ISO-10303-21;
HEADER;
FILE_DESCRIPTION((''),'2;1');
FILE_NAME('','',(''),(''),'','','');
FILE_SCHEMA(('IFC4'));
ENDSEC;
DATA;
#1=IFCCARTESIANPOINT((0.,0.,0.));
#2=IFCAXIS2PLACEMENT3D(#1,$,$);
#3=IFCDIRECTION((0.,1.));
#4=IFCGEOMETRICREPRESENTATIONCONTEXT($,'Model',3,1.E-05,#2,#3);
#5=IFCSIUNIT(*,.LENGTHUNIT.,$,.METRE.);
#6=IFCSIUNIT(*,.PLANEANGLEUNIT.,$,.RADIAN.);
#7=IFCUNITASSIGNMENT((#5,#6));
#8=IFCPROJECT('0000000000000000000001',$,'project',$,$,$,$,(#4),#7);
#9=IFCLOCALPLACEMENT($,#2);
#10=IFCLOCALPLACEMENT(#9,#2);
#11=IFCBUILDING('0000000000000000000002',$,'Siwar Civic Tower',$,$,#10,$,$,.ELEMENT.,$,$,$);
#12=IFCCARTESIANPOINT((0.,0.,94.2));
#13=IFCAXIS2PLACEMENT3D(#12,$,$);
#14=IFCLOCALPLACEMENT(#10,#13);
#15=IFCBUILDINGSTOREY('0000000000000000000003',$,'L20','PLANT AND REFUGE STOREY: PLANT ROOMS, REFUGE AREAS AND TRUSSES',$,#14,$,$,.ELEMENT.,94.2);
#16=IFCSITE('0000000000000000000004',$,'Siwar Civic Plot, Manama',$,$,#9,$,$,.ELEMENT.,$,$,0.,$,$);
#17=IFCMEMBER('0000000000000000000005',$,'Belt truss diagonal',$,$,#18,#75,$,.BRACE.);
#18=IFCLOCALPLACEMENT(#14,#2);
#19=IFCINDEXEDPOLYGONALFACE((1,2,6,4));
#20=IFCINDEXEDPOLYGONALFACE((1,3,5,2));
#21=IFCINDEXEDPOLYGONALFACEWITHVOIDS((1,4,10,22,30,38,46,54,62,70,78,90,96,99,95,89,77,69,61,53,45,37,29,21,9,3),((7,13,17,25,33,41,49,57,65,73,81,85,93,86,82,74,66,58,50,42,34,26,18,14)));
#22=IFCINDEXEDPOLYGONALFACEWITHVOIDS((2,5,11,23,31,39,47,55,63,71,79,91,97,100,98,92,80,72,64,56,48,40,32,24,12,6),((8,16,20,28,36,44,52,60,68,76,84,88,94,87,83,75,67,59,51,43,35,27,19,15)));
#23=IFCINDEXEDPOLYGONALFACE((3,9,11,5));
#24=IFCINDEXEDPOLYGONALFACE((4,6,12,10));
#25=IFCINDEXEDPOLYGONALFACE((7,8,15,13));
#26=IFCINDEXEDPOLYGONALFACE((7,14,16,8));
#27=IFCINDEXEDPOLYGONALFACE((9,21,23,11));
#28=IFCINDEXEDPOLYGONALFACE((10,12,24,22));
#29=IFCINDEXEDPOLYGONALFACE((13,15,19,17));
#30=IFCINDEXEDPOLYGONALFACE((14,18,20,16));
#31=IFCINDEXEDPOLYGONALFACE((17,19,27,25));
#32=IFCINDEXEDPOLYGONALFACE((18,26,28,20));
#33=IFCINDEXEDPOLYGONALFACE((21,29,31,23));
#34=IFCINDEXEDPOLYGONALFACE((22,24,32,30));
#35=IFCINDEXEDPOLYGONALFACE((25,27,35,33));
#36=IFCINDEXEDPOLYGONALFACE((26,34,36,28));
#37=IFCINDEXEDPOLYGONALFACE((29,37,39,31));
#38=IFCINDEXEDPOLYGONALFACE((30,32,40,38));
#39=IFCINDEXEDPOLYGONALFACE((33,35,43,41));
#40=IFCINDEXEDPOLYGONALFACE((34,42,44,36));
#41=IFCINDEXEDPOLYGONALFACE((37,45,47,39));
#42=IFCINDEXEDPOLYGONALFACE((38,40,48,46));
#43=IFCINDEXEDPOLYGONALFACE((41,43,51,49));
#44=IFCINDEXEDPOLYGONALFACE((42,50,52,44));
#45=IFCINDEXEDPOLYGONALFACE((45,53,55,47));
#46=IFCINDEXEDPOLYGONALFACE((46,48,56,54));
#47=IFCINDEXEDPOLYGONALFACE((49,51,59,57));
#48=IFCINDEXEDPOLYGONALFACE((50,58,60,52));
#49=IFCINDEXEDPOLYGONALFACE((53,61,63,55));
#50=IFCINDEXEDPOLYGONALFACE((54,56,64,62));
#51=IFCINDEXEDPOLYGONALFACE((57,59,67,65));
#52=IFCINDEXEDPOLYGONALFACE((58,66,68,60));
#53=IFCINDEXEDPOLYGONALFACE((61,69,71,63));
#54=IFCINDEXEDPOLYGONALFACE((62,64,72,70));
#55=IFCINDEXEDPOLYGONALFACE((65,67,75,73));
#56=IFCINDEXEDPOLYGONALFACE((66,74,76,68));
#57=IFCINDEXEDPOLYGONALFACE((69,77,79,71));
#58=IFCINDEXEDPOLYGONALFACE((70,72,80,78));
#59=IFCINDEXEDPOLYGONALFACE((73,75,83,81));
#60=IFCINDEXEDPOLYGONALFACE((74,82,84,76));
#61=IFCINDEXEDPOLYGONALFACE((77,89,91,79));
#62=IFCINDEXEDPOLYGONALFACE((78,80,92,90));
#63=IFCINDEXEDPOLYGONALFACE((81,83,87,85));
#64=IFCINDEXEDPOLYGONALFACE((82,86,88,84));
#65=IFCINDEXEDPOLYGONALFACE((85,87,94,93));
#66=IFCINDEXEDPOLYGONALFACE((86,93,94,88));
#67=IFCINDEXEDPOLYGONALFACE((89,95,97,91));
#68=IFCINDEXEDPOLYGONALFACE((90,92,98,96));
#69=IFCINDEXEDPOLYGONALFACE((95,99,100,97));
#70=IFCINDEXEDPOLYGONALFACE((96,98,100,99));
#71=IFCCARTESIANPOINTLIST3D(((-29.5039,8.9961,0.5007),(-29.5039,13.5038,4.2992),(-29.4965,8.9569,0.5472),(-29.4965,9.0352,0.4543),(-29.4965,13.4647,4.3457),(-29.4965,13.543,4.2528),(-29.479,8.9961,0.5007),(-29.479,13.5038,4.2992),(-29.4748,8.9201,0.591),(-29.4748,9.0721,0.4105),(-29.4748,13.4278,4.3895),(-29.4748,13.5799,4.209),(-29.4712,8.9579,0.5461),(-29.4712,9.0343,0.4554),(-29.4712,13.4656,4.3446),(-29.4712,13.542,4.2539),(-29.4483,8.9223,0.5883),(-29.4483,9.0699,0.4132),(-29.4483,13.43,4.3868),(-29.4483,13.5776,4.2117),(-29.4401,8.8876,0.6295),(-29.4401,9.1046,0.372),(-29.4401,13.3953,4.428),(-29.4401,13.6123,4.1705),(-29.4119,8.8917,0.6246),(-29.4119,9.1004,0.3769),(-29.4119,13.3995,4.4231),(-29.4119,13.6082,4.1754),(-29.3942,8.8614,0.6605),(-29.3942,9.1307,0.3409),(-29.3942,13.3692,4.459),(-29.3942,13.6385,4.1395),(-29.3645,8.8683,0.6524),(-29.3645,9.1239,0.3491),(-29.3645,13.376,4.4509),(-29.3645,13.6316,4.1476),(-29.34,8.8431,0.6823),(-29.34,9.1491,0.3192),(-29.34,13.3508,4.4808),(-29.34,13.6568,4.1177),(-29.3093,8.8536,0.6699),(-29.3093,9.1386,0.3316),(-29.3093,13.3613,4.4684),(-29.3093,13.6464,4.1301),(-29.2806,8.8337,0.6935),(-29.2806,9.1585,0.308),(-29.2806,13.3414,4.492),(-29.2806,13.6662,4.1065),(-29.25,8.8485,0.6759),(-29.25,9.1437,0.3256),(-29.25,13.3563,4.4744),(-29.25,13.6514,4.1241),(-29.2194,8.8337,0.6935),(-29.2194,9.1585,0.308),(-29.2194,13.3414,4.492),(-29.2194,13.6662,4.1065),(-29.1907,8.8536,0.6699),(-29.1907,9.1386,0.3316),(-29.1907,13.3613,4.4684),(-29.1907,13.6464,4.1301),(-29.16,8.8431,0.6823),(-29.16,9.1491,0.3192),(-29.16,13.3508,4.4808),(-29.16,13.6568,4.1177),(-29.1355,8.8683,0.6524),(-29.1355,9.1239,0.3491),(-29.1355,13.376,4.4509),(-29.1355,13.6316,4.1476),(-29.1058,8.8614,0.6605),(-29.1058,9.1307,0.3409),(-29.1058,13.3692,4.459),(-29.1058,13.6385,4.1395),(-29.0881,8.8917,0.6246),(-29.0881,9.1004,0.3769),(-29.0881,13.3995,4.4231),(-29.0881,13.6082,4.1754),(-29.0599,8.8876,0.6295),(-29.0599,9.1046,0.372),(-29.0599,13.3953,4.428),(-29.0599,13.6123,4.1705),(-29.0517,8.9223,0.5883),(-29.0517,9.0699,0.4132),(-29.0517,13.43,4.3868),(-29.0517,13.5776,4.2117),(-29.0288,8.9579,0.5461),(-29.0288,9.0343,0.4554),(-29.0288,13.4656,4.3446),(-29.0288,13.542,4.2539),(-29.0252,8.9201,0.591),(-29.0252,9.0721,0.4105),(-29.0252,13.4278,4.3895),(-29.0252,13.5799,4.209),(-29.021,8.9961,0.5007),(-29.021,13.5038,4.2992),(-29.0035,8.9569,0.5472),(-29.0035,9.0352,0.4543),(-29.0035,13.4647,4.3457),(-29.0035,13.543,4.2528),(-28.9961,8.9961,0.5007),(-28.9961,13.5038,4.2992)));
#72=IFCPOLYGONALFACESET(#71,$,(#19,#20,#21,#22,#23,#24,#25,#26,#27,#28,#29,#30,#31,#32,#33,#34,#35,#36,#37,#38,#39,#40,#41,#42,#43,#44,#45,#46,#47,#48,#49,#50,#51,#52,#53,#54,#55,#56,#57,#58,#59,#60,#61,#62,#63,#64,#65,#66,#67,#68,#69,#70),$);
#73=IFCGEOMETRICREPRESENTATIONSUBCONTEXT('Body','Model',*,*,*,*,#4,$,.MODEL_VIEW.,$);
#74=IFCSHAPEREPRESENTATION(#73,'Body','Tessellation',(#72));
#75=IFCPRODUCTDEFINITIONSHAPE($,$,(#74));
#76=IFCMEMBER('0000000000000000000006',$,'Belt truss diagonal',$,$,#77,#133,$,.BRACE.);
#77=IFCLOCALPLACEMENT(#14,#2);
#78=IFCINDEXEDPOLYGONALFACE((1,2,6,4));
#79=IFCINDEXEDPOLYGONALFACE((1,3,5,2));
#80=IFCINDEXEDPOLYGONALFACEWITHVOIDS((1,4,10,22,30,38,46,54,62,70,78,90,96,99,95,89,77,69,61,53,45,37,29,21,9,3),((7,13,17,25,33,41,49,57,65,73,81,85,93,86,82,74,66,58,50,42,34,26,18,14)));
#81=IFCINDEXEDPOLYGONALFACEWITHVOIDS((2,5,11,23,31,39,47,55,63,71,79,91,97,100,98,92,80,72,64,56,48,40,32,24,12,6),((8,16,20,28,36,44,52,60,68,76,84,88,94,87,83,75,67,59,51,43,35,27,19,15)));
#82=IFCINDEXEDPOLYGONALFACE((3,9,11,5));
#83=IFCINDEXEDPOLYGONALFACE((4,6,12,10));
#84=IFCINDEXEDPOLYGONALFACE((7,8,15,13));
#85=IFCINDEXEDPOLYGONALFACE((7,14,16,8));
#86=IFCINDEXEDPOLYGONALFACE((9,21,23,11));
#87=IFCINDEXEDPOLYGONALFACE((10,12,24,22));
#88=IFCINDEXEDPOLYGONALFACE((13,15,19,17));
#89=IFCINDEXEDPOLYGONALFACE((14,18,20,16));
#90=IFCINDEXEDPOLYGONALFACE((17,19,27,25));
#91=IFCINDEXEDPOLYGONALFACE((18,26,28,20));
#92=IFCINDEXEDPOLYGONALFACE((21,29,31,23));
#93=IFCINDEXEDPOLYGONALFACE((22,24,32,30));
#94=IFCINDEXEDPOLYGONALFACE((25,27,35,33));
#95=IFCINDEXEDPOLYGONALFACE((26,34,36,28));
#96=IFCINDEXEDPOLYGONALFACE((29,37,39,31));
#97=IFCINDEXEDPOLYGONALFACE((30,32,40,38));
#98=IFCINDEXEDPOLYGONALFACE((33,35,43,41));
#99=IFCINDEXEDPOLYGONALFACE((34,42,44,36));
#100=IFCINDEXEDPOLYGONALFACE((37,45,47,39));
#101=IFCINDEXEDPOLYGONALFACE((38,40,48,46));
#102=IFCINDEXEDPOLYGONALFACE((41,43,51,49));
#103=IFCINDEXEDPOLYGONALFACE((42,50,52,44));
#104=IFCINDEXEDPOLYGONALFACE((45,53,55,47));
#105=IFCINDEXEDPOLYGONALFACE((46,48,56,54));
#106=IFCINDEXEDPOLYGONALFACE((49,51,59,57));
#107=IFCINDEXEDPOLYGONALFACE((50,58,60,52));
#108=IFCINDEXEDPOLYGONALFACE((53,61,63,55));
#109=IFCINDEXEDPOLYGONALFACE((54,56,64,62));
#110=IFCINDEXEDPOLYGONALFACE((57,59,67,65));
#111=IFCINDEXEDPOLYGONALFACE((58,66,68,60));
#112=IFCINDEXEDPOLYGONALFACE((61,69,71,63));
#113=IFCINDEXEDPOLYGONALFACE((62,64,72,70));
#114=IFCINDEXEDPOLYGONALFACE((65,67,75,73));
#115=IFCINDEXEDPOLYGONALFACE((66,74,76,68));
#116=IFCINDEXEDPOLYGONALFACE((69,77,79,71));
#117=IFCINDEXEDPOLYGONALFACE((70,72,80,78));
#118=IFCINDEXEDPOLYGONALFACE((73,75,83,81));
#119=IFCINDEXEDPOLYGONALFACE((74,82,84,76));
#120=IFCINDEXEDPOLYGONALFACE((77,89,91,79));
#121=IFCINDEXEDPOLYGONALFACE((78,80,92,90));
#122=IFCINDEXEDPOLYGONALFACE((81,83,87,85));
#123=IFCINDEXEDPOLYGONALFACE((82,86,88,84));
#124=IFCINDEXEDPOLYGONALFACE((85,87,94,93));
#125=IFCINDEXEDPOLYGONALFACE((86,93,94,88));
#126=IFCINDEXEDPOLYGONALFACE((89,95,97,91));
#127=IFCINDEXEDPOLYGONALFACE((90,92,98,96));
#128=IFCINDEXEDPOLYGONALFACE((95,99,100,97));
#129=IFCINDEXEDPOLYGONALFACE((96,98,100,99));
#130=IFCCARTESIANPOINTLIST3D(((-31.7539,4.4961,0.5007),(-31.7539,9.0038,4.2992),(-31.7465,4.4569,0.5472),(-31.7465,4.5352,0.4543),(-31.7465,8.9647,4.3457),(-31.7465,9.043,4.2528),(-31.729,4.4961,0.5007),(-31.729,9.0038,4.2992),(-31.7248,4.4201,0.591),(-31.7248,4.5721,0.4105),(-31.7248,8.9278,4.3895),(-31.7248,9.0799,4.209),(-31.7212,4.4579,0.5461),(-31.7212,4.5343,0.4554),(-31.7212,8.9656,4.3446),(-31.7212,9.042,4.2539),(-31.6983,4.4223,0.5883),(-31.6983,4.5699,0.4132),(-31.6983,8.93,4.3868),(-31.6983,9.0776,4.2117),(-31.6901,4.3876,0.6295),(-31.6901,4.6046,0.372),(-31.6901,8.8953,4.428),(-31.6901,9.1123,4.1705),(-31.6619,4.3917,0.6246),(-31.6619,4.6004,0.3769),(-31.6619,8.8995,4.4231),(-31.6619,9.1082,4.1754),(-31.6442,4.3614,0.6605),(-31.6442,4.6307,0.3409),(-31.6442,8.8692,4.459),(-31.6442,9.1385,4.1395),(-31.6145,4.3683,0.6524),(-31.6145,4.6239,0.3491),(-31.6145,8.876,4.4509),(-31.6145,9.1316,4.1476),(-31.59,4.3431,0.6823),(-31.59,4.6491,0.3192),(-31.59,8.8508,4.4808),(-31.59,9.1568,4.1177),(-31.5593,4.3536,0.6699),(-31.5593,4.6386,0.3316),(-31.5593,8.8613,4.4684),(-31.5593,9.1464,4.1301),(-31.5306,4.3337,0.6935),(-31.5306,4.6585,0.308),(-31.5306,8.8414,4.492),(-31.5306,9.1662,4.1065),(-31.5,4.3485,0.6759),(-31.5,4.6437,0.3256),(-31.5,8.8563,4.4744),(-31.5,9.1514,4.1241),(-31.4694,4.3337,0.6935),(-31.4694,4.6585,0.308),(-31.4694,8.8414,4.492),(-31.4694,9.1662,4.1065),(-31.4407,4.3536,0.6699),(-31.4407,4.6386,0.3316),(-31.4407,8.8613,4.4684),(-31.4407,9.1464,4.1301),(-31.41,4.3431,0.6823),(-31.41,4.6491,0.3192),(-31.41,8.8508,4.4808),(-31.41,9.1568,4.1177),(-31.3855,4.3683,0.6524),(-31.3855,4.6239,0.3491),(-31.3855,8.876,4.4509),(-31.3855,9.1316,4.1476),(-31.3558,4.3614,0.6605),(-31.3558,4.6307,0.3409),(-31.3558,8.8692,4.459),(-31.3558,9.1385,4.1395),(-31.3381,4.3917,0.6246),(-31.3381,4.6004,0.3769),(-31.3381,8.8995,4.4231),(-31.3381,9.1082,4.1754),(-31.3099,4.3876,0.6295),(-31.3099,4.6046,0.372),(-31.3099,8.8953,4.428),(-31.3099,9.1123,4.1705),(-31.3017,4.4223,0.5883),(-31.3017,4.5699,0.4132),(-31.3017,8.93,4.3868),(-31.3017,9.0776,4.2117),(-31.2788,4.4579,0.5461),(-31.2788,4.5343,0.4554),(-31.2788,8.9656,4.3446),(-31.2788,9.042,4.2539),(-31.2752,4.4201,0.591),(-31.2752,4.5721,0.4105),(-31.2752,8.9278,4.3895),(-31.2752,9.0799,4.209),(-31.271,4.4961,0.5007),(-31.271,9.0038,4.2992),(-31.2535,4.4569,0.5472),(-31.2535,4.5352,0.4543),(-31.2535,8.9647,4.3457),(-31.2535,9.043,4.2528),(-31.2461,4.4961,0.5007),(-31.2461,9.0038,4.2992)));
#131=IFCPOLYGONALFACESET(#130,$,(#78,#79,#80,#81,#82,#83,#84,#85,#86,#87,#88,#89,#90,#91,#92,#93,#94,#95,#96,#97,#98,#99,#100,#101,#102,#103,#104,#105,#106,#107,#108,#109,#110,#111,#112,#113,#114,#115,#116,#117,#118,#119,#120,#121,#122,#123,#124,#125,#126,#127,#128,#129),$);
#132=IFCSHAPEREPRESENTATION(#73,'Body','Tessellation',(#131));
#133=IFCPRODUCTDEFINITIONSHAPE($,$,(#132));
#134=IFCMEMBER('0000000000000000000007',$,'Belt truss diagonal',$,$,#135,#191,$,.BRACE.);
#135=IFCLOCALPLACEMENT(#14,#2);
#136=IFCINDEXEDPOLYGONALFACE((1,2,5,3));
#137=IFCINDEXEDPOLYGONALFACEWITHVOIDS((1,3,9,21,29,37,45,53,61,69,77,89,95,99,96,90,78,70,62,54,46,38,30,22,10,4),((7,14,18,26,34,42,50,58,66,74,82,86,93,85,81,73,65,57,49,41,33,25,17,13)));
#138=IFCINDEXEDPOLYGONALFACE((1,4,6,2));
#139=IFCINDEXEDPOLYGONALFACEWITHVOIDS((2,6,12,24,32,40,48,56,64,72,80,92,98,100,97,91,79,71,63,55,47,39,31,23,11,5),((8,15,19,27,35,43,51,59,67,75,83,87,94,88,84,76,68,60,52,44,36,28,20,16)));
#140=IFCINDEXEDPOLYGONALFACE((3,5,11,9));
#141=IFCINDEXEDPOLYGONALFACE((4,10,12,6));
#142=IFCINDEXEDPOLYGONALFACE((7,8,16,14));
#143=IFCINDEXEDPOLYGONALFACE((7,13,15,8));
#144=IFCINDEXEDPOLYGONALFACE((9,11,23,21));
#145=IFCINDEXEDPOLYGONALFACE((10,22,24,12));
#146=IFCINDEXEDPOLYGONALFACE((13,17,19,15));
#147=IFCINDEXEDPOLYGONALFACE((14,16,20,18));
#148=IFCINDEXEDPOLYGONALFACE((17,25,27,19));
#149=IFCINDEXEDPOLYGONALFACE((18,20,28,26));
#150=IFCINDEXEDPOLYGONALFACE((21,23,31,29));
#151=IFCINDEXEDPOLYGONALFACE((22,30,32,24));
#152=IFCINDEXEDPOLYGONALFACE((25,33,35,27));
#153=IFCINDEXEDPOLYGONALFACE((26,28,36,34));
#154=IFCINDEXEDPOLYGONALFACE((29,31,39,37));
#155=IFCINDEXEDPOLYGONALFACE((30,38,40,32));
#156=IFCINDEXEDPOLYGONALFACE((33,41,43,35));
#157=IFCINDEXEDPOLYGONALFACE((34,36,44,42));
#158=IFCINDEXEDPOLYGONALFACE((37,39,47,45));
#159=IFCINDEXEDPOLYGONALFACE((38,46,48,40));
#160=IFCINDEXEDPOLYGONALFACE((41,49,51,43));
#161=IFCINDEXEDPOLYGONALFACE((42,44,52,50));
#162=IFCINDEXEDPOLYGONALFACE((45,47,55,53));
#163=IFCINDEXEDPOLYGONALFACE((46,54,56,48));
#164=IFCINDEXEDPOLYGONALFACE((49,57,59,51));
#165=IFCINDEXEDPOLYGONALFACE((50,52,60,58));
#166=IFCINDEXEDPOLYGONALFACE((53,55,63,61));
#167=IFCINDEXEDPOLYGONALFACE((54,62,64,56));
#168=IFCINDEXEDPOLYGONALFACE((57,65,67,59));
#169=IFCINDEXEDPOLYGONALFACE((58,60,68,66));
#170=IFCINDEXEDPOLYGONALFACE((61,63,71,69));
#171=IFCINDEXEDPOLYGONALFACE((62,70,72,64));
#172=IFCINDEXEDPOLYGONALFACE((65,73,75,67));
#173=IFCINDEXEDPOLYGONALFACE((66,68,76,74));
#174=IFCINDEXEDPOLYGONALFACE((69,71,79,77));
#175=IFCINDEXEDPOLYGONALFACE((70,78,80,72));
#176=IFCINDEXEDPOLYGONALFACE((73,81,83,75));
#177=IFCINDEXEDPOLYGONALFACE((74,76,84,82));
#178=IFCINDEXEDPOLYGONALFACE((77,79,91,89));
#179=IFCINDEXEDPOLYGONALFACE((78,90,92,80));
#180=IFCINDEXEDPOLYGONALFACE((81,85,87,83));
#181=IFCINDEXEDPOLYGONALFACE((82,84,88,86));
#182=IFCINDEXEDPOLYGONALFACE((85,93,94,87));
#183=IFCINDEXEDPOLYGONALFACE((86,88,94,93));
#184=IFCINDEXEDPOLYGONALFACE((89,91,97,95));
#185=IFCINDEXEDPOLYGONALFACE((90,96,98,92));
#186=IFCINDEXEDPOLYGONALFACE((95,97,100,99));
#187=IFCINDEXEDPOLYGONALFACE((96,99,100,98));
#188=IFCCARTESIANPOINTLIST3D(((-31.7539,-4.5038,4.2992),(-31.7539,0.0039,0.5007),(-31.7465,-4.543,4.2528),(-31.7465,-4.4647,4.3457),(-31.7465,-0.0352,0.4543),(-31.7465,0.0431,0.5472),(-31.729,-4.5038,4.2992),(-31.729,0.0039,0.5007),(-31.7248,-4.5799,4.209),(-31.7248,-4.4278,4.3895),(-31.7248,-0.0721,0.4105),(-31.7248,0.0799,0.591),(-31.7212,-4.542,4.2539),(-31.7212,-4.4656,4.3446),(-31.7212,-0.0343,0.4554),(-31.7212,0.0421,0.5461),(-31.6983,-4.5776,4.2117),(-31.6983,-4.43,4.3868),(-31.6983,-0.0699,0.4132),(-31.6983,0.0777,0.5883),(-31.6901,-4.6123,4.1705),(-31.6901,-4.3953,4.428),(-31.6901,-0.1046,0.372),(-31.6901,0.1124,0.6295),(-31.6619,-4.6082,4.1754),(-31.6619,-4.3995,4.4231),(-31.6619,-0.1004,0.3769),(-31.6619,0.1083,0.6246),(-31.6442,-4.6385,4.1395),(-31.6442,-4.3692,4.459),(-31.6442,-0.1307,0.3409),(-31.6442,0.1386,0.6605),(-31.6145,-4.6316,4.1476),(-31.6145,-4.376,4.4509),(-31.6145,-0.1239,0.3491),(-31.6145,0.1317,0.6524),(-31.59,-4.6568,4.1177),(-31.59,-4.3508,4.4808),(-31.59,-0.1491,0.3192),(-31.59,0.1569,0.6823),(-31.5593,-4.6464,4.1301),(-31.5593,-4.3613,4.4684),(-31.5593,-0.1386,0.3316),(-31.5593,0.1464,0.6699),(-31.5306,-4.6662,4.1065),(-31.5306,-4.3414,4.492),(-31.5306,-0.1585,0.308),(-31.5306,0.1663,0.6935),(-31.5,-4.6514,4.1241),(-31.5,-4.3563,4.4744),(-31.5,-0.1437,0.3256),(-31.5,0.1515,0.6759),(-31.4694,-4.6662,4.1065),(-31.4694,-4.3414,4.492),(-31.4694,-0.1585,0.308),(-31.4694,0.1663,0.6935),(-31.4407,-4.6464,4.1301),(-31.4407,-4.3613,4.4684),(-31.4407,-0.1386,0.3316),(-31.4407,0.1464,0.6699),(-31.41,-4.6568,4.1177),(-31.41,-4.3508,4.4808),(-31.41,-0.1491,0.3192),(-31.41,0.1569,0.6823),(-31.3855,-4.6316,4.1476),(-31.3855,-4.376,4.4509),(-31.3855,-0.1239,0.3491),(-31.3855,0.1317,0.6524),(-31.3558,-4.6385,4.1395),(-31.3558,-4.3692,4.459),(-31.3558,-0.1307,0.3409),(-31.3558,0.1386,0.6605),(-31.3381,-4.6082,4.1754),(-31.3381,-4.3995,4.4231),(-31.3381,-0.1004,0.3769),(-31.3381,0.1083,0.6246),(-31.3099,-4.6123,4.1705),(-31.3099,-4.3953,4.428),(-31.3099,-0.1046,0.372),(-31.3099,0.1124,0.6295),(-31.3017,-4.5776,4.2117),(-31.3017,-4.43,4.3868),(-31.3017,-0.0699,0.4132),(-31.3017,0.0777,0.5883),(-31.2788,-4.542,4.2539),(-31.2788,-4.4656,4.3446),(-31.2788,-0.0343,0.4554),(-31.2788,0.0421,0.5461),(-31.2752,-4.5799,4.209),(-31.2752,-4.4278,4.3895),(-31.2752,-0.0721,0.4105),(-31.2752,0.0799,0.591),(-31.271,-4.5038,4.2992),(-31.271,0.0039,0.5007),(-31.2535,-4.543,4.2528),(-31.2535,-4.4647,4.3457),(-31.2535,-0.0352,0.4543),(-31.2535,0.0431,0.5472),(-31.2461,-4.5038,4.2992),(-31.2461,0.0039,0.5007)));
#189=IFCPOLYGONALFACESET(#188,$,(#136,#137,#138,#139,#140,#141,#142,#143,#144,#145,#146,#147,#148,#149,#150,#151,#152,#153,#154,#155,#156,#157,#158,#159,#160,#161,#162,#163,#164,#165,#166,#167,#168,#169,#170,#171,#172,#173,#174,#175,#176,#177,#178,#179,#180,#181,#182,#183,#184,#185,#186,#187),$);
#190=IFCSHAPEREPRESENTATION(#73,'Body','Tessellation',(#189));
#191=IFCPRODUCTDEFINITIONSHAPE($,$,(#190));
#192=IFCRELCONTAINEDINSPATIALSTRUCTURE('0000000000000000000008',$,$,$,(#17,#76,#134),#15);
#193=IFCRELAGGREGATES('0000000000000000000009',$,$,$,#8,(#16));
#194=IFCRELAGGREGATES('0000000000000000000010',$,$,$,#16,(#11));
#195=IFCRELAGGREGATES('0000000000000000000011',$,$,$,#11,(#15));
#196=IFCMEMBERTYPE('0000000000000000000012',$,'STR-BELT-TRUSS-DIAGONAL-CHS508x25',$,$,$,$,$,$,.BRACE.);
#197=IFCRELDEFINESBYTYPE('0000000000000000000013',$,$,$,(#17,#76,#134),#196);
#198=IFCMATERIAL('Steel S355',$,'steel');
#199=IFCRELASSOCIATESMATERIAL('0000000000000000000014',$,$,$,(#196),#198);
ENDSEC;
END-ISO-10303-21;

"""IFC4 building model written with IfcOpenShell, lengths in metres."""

from ifc_helpers import new_model, si_unit, direction, frame, origin, origin_2d, place, context, subcontext, project, spatial, hollow_circle, extrude, material, material_profile, profile_set, type_object, element, save


model = new_model("IFC4")

# Units and contexts
model_context = context("Model", 3, precision=1e-05, world=origin(), true_north=direction((0.0, 1.0)))
body_context = subcontext(model_context, "Body", "Model", "MODEL_VIEW")
ifc_project = project(units=[si_unit("LENGTHUNIT", "METRE"), si_unit("PLANEANGLEUNIT", "RADIAN")], contexts=[model_context])

# Site, building, storey
site_placement = place(None, origin())
site = spatial("IfcSite", under=ifc_project, at=site_placement, Name="Siwar Civic Plot, Manama", CompositionType="ELEMENT", RefElevation=0.0)
building_placement = place(site_placement, origin())
building = spatial("IfcBuilding", under=site, at=building_placement, Name="Siwar Civic Tower", CompositionType="ELEMENT")
storey_placement = place(building_placement, frame((0.0, 0.0, 94.2)))
storey = spatial("IfcBuildingStorey", under=building, at=storey_placement, Name="L20", Description="PLANT AND REFUGE STOREY: PLANT ROOMS, REFUGE AREAS AND TRUSSES", CompositionType="ELEMENT", Elevation=94.2)

# Members
ifc_material_1 = material(Name="Steel S355", Category="steel")
ifc_material_profile_1 = material_profile(ifc_material_1, hollow_circle(Radius=0.2539, WallThickness=0.0249, at=origin_2d()), Name="CHS508x25")
ifc_profile_set_1 = profile_set([ifc_material_profile_1], Name="Steel S355")
member_type_1 = type_object("IfcMemberType", Name="STR-BELT-TRUSS-DIAGONAL-CHS508x25", PredefinedType="BRACE", material=ifc_profile_set_1)
for number, where, z_axis, x_axis, name in (
    (1, (-29.25, 8.9961, 0.5007), (0.0, 0.7647, 0.644387), (-1.0, 0.0, 0.0), "Belt truss diagonal"),
    (2, (-31.5, 4.4961, 0.5007), (0.0, 0.7647, 0.644387), (-1.0, 0.0, 0.0), "Belt truss diagonal"),
    (3, (-31.5, 0.0039, 0.5007), (0.0, -0.7647, 0.644387), (1.0, 0.0, 0.0), "Belt truss diagonal"),
):
    element("IfcMember", number, at=place(storey_placement, frame(where, z_axis=z_axis, x_axis=x_axis)), inside=storey, type_object=member_type_1, Name=name, PredefinedType="BRACE", context=body_context, shape_type="SweptSolid", body=[
        extrude(hollow_circle(Radius=0.2539, WallThickness=0.0249, at=origin_2d()), origin(), (0.0, 0.0, 1.0), 5.8948),
    ])

save(model, "model.ifc")
